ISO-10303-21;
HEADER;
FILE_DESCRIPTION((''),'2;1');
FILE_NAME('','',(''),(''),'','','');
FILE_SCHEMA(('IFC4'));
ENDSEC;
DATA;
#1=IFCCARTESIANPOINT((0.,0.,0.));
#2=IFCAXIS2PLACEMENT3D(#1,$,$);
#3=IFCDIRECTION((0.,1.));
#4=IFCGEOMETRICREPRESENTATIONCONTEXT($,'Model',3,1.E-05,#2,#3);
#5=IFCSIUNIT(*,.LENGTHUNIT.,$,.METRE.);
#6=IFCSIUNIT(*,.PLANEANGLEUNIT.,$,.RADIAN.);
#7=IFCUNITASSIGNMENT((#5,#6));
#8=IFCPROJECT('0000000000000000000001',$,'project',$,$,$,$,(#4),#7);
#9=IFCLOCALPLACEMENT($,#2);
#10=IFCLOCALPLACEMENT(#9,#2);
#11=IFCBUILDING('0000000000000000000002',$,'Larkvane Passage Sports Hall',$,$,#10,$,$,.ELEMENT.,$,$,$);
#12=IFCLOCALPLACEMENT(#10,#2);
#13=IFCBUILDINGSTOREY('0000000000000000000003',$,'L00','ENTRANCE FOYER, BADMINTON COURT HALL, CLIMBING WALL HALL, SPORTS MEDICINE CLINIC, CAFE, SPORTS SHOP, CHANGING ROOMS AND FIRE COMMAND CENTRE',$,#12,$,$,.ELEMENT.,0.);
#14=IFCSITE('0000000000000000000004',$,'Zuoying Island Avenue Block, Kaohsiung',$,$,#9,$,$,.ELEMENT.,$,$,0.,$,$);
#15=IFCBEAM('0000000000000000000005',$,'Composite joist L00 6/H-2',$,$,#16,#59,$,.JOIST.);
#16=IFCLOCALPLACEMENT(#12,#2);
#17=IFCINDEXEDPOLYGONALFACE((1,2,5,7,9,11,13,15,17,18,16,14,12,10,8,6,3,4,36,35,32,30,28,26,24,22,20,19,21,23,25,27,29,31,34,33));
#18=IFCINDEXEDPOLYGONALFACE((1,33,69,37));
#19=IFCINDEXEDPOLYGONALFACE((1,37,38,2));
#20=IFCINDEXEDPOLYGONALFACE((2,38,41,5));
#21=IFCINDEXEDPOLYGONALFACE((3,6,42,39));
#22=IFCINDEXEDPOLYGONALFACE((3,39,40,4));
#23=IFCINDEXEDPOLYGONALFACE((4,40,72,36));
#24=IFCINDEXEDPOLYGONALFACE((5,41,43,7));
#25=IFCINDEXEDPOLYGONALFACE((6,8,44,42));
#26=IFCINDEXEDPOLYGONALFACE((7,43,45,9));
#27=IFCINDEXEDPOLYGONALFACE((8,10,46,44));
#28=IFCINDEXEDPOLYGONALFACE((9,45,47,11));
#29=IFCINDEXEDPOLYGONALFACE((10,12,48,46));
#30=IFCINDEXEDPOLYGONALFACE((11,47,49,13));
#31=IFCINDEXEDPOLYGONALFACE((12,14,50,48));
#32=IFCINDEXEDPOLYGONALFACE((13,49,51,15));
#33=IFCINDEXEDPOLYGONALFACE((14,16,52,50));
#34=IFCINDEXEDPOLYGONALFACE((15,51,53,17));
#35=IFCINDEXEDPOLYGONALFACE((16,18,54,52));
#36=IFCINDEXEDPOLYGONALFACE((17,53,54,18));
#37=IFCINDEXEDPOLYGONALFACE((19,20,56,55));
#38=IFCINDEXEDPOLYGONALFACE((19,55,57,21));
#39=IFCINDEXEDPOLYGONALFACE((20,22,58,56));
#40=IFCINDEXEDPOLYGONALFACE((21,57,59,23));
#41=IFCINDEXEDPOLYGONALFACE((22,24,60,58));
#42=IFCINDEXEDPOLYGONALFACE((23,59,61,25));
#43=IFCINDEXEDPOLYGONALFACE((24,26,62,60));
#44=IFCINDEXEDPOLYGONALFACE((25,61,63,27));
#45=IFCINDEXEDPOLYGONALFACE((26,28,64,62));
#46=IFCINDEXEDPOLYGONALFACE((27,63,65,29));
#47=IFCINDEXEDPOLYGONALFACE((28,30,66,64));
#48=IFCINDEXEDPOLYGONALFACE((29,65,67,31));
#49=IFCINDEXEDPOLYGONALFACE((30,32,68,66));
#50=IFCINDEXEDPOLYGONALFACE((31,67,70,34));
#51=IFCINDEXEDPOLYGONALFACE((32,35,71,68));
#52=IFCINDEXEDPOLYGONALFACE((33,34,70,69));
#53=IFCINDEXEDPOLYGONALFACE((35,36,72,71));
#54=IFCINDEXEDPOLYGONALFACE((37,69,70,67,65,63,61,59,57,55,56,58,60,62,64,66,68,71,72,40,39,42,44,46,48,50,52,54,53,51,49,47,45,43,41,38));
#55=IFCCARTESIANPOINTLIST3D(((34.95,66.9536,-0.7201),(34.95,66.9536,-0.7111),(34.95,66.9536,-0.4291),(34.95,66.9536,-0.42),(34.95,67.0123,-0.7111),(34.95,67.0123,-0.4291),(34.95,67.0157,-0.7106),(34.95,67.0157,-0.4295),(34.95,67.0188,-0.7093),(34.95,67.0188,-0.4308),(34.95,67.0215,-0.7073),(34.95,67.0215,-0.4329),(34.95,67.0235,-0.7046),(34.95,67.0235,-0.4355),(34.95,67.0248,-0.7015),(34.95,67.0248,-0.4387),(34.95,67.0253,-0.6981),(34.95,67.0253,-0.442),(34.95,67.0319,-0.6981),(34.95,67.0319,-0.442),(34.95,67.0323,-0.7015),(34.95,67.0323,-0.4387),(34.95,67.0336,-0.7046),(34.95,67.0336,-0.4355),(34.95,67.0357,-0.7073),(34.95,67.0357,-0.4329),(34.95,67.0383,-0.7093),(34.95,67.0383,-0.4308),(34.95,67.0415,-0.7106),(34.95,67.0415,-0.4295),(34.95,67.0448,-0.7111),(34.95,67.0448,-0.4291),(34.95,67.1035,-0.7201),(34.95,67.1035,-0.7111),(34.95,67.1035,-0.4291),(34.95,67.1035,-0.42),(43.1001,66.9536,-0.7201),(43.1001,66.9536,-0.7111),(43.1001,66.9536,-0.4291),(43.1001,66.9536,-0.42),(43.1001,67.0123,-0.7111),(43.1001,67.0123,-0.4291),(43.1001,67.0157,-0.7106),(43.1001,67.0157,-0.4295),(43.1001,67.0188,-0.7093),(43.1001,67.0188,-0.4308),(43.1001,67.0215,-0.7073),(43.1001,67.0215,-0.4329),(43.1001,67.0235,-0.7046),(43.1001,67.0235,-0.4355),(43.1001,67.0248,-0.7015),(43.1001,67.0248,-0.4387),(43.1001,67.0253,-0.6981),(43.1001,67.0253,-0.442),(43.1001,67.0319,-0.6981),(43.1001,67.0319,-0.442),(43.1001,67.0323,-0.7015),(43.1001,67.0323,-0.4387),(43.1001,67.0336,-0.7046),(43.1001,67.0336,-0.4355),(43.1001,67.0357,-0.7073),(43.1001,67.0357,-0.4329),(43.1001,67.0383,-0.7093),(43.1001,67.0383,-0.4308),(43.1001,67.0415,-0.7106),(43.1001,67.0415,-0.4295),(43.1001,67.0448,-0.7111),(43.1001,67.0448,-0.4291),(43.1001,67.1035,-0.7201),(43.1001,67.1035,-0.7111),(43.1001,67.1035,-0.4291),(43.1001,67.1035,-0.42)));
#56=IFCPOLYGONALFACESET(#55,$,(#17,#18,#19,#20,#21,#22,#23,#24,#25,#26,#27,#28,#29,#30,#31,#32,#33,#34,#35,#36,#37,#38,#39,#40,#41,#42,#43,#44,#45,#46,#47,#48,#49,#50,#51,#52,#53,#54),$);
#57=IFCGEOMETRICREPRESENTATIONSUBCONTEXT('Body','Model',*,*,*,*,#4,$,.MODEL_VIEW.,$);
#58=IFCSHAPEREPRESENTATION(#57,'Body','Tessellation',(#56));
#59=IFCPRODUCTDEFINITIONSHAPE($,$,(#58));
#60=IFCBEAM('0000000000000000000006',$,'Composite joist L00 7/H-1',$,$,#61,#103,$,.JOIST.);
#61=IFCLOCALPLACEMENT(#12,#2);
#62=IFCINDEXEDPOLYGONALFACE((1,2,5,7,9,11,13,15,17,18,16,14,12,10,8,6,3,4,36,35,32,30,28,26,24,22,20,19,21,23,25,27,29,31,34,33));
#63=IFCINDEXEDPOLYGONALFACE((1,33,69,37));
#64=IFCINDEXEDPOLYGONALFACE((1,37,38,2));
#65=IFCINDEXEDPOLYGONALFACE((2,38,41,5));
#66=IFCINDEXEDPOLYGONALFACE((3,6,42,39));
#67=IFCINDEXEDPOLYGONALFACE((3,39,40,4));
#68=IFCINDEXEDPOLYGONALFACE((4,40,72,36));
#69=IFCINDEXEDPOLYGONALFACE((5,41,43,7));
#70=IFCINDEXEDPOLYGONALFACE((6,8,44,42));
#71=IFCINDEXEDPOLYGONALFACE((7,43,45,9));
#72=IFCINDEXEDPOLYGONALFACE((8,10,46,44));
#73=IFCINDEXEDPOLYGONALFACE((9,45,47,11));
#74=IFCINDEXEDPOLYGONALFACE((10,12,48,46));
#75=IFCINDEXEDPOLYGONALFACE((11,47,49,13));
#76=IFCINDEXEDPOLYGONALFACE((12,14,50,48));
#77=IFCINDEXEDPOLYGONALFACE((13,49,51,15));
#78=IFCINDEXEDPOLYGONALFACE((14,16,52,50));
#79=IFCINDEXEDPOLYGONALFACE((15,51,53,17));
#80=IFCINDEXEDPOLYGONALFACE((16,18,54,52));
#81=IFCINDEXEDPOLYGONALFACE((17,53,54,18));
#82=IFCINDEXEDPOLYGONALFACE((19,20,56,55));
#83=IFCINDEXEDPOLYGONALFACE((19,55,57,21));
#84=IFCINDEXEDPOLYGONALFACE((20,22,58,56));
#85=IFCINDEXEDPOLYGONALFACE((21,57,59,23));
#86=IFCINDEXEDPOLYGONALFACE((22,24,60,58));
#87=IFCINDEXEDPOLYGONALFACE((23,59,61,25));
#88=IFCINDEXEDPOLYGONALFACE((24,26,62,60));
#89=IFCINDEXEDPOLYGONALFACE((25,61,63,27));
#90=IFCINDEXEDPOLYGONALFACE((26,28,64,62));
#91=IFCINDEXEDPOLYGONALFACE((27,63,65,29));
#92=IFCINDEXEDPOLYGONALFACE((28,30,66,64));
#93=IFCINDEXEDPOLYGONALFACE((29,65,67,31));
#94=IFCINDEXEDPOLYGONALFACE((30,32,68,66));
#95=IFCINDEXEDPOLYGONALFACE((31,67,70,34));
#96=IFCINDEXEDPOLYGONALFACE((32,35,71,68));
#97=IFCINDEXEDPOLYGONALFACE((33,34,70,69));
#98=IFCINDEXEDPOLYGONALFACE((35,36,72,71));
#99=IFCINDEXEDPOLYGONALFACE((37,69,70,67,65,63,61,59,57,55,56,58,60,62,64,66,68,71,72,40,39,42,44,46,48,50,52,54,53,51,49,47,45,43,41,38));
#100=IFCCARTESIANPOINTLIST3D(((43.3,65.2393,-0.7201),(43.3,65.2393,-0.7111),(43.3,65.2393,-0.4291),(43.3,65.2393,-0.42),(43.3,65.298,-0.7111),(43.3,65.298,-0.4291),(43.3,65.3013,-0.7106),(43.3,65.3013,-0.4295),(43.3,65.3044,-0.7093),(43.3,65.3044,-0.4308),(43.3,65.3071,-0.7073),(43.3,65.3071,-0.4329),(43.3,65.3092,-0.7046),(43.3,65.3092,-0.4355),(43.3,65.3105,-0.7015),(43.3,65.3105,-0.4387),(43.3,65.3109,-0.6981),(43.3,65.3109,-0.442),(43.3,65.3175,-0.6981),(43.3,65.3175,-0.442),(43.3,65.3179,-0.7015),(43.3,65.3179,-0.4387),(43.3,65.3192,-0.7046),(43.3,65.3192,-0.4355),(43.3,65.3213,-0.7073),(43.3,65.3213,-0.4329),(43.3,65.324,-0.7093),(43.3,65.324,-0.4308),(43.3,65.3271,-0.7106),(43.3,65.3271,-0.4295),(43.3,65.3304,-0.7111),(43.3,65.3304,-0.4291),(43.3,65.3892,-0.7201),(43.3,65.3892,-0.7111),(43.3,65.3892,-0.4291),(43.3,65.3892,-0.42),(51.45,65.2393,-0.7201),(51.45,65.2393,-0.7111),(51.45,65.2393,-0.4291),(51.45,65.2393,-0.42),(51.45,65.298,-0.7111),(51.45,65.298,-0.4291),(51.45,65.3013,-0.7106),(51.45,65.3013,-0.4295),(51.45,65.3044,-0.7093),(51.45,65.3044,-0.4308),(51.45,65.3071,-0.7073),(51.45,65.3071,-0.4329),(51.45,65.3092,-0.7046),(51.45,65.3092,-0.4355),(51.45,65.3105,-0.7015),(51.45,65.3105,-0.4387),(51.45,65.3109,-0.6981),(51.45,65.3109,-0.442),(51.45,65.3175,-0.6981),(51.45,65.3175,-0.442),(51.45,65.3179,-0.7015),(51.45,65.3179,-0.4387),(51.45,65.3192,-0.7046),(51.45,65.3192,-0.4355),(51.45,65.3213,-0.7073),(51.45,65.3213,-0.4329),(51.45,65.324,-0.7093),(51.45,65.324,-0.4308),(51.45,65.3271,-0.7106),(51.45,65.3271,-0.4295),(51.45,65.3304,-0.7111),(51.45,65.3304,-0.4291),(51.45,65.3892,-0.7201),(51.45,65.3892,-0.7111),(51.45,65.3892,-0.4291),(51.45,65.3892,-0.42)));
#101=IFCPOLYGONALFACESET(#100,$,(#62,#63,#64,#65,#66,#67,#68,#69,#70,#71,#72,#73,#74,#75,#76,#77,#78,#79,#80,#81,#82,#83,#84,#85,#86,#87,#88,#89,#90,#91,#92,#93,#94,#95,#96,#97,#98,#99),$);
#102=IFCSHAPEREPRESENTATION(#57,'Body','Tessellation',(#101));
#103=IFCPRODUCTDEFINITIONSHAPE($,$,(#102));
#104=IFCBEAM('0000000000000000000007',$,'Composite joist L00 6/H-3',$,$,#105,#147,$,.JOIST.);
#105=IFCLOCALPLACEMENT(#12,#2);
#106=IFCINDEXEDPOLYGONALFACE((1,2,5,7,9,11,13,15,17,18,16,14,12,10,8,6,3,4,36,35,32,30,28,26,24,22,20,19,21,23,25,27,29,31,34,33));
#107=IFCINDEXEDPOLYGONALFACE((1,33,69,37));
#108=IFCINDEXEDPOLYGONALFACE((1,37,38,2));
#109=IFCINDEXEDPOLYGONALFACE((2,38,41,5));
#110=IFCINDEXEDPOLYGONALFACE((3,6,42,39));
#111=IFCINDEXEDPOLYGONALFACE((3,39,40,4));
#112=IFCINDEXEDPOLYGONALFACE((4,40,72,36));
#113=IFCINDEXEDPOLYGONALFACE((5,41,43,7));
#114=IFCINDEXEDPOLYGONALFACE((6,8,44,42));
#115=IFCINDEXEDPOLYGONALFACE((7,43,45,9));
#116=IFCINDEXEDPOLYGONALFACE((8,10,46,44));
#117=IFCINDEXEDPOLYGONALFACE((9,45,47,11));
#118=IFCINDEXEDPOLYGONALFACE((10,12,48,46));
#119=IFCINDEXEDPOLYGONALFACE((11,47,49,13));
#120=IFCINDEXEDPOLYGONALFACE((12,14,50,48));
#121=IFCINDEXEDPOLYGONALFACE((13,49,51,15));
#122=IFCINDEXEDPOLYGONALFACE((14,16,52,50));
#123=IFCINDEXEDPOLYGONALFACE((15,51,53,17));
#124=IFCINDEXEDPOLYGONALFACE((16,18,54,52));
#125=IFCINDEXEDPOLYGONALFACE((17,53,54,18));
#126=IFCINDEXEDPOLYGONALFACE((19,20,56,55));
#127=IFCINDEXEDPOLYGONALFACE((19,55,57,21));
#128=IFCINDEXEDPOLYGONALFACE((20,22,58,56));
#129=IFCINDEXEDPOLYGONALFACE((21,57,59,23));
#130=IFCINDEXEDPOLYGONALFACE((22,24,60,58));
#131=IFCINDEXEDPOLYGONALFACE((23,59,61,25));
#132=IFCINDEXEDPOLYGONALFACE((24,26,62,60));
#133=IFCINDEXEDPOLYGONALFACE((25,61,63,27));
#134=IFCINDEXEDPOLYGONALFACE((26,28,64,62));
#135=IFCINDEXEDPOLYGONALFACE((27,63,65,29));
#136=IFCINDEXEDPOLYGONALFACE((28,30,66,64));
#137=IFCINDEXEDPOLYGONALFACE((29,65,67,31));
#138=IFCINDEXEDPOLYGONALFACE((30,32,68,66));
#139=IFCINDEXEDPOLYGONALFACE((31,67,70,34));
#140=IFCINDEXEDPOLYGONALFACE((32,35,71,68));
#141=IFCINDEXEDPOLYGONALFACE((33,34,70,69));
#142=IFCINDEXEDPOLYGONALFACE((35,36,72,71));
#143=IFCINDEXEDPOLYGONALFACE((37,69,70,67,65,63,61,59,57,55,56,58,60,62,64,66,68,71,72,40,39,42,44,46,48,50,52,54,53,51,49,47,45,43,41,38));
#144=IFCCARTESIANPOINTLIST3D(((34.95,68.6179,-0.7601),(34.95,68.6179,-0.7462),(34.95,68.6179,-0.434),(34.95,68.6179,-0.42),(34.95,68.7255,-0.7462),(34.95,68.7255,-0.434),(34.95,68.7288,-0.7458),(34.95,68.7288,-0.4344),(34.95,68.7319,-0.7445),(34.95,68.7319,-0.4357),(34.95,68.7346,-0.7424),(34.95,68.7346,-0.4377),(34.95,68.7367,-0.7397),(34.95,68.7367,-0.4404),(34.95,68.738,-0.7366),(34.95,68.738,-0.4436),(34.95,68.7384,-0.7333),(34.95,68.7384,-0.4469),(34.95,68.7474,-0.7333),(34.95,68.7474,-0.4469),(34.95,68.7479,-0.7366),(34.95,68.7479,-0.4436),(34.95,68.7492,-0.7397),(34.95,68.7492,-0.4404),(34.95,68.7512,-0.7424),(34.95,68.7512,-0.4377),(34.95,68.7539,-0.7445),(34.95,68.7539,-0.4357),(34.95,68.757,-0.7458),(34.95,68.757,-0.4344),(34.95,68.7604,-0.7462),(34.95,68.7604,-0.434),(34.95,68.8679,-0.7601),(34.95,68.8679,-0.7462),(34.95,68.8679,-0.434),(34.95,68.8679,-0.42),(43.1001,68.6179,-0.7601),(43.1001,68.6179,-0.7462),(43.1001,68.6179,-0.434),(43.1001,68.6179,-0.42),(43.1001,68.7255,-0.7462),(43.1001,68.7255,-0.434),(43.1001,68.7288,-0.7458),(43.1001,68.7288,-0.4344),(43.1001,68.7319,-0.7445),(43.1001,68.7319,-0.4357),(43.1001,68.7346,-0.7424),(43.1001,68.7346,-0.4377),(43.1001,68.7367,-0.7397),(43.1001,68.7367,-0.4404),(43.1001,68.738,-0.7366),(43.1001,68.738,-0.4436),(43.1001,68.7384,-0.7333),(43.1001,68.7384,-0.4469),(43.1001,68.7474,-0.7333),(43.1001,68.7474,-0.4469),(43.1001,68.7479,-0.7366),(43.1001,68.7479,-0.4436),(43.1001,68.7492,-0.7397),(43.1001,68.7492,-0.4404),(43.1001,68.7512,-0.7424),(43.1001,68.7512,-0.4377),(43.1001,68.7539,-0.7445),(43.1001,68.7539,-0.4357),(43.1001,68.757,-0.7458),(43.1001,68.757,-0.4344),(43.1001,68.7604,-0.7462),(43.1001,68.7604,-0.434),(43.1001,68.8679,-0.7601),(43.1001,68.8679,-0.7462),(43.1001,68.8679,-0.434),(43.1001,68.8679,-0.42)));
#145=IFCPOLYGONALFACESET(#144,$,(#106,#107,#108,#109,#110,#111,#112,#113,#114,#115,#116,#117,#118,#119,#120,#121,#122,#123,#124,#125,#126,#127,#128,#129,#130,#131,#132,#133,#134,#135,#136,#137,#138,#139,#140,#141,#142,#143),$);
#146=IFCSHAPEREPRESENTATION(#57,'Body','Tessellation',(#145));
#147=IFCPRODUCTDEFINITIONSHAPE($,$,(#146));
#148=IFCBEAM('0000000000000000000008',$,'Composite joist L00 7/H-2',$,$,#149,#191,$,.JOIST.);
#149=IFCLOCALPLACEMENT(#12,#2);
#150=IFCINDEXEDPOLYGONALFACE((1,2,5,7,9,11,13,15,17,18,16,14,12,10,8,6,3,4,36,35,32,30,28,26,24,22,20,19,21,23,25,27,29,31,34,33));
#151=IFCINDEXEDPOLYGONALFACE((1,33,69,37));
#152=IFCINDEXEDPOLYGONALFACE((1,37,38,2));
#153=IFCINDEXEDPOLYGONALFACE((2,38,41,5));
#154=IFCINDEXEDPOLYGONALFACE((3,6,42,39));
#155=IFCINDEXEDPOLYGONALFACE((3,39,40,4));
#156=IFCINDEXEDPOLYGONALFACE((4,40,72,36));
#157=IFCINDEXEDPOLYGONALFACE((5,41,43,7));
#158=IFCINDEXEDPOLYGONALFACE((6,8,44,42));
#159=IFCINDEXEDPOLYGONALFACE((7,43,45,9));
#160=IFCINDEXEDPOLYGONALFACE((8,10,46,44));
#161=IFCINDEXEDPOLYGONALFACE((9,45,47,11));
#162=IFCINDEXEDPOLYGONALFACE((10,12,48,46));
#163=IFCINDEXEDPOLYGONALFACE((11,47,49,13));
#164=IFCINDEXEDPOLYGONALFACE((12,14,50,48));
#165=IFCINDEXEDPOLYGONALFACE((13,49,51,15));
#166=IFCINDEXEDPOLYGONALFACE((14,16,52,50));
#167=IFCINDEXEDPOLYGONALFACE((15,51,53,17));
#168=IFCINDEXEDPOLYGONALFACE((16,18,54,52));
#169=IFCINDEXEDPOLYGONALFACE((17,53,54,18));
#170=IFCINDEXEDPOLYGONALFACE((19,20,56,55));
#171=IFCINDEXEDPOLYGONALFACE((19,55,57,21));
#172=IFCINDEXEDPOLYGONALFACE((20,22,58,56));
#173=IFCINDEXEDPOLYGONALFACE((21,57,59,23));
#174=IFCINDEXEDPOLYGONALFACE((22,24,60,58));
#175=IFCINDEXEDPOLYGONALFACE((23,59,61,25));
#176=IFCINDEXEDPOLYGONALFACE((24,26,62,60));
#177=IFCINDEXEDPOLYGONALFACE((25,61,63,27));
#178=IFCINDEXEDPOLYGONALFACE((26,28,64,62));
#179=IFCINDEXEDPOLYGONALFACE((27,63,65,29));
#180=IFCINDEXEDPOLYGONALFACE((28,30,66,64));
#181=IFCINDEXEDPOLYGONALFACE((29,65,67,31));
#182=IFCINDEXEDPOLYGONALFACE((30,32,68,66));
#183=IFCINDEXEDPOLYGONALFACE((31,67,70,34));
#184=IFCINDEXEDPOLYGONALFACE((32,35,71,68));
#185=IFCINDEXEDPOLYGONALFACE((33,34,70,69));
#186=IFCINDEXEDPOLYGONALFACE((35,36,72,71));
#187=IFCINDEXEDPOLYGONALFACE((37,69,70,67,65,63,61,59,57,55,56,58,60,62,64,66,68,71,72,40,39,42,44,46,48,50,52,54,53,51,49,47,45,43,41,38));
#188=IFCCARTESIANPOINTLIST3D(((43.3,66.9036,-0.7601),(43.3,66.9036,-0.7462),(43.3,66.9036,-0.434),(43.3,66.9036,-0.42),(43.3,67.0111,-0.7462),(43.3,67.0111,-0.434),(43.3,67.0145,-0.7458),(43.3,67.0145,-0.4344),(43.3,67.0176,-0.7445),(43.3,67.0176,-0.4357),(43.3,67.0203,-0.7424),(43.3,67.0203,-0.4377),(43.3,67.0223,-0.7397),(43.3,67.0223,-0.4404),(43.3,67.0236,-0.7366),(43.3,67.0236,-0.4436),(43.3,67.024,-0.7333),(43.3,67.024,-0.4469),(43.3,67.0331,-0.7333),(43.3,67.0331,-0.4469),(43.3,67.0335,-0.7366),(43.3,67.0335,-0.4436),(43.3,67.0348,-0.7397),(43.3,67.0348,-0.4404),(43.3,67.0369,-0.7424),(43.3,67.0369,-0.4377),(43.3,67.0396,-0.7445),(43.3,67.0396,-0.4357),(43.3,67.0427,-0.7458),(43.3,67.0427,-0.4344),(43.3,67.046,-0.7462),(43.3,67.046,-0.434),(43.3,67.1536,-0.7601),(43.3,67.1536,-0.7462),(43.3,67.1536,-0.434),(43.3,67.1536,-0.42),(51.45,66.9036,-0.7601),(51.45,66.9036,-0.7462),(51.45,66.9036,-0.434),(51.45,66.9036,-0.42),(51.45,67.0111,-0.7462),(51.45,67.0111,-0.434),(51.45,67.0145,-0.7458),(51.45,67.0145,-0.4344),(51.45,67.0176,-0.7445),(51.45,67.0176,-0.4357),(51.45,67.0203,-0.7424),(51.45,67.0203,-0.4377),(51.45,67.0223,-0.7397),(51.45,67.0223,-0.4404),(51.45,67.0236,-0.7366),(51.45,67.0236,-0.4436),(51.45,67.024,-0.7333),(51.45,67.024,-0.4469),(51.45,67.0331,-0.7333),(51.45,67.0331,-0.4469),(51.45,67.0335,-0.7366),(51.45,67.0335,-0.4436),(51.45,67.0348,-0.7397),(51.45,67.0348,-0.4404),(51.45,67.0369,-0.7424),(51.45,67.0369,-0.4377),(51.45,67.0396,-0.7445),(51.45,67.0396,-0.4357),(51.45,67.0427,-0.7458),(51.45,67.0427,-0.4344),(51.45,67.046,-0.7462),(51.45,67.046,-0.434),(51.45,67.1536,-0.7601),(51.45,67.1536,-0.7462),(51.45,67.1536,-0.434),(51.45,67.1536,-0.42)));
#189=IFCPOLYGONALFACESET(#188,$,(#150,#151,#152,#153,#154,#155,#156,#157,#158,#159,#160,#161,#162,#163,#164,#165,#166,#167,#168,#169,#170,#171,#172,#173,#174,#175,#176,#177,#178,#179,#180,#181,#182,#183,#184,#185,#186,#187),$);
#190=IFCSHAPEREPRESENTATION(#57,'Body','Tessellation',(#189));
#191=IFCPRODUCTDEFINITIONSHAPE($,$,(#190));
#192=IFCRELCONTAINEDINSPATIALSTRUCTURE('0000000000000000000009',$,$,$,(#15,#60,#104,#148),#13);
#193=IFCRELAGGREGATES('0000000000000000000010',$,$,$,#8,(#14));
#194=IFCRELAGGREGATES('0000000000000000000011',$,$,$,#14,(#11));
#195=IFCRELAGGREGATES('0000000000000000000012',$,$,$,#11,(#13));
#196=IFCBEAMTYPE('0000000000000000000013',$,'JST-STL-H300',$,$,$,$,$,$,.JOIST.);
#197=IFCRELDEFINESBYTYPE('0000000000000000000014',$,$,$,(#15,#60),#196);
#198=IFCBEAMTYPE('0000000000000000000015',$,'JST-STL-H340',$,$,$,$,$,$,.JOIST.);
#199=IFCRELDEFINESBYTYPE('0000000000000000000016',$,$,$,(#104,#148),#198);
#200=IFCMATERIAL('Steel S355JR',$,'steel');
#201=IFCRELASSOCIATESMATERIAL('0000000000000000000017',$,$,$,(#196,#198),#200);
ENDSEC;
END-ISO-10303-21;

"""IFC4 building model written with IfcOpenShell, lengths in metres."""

from ifc_helpers import new_model, si_unit, direction, frame, origin, origin_2d, place, context, subcontext, project, spatial, i_section, extrude, material, material_profile, profile_set, type_object, element, save


model = new_model("IFC4")

# Units and contexts
model_context = context("Model", 3, precision=1e-05, world=origin(), true_north=direction((0.0, 1.0)))
body_context = subcontext(model_context, "Body", "Model", "MODEL_VIEW")
ifc_project = project(units=[si_unit("LENGTHUNIT", "METRE"), si_unit("PLANEANGLEUNIT", "RADIAN")], contexts=[model_context])

# Site, building, storey
site_placement = place(None, origin())
site = spatial("IfcSite", under=ifc_project, at=site_placement, Name="Zuoying Island Avenue Block, Kaohsiung", CompositionType="ELEMENT", RefElevation=0.0)
building_placement = place(site_placement, origin())
building = spatial("IfcBuilding", under=site, at=building_placement, Name="Larkvane Passage Sports Hall", CompositionType="ELEMENT")
storey_placement = place(building_placement, origin())
storey = spatial("IfcBuildingStorey", under=building, at=storey_placement, Name="L00", Description="ENTRANCE FOYER, BADMINTON COURT HALL, CLIMBING WALL HALL, SPORTS MEDICINE CLINIC, CAFE, SPORTS SHOP, CHANGING ROOMS AND FIRE COMMAND CENTRE", CompositionType="ELEMENT", Elevation=0.0)

# Beams
ifc_material_1 = material(Name="Steel S355JR", Category="steel")
ifc_material_profile_1 = material_profile(ifc_material_1, i_section(OverallWidth=0.1499, OverallDepth=0.3, WebThickness=0.0066, FlangeThickness=0.009, FilletRadius=0.0129, at=origin_2d()), Name="H-300x150x6.5x9")
ifc_profile_set_1 = profile_set([ifc_material_profile_1], Name="Steel S355JR")
beam_type_1 = type_object("IfcBeamType", Name="JST-STL-H300", PredefinedType="JOIST", material=ifc_profile_set_1)
beam_1_placement = place(storey_placement, frame((34.95, 67.0286, -0.5701), z_axis=(1.0, 0.0, 0.0), x_axis=(0.0, 1.0, 0.0)))
element("IfcBeam", 1, at=beam_1_placement, inside=storey, type_object=beam_type_1, Name="Composite joist L00 6/H-2", PredefinedType="JOIST", context=body_context, shape_type="SweptSolid", body=[
    extrude(i_section(OverallWidth=0.1499, OverallDepth=0.3, WebThickness=0.0066, FlangeThickness=0.009, FilletRadius=0.0129, at=origin_2d()), origin(), (0.0, 0.0, 1.0), 8.1501),
])
beam_2_placement = place(storey_placement, frame((43.3, 65.3142, -0.5701), z_axis=(1.0, 0.0, 0.0), x_axis=(0.0, 1.0, 0.0)))
element("IfcBeam", 2, at=beam_2_placement, inside=storey, type_object=beam_type_1, Name="Composite joist L00 7/H-1", PredefinedType="JOIST", context=body_context, shape_type="SweptSolid", body=[
    extrude(i_section(OverallWidth=0.1499, OverallDepth=0.3, WebThickness=0.0066, FlangeThickness=0.009, FilletRadius=0.0129, at=origin_2d()), origin(), (0.0, 0.0, 1.0), 8.1499),
])
ifc_material_profile_2 = material_profile(ifc_material_1, i_section(OverallWidth=0.25, OverallDepth=0.3401, WebThickness=0.009, FlangeThickness=0.0139, FilletRadius=0.0129, at=origin_2d()), Name="H-340x250x9x14")
ifc_profile_set_2 = profile_set([ifc_material_profile_2], Name="Steel S355JR")
beam_type_2 = type_object("IfcBeamType", Name="JST-STL-H340", PredefinedType="JOIST", material=ifc_profile_set_2)
beam_3_placement = place(storey_placement, frame((34.95, 68.7429, -0.5901), z_axis=(1.0, 0.0, 0.0), x_axis=(0.0, 1.0, 0.0)))
element("IfcBeam", 3, at=beam_3_placement, inside=storey, type_object=beam_type_2, Name="Composite joist L00 6/H-3", PredefinedType="JOIST", context=body_context, shape_type="SweptSolid", body=[
    extrude(i_section(OverallWidth=0.25, OverallDepth=0.3401, WebThickness=0.009, FlangeThickness=0.0139, FilletRadius=0.0129, at=origin_2d()), origin(), (0.0, 0.0, 1.0), 8.1501),
])
beam_4_placement = place(storey_placement, frame((43.3, 67.0286, -0.5901), z_axis=(1.0, 0.0, 0.0), x_axis=(0.0, 1.0, 0.0)))
element("IfcBeam", 4, at=beam_4_placement, inside=storey, type_object=beam_type_2, Name="Composite joist L00 7/H-2", PredefinedType="JOIST", context=body_context, shape_type="SweptSolid", body=[
    extrude(i_section(OverallWidth=0.25, OverallDepth=0.3401, WebThickness=0.009, FlangeThickness=0.0139, FilletRadius=0.0129, at=origin_2d()), origin(), (0.0, 0.0, 1.0), 8.1499),
])

save(model, "model.ifc")
